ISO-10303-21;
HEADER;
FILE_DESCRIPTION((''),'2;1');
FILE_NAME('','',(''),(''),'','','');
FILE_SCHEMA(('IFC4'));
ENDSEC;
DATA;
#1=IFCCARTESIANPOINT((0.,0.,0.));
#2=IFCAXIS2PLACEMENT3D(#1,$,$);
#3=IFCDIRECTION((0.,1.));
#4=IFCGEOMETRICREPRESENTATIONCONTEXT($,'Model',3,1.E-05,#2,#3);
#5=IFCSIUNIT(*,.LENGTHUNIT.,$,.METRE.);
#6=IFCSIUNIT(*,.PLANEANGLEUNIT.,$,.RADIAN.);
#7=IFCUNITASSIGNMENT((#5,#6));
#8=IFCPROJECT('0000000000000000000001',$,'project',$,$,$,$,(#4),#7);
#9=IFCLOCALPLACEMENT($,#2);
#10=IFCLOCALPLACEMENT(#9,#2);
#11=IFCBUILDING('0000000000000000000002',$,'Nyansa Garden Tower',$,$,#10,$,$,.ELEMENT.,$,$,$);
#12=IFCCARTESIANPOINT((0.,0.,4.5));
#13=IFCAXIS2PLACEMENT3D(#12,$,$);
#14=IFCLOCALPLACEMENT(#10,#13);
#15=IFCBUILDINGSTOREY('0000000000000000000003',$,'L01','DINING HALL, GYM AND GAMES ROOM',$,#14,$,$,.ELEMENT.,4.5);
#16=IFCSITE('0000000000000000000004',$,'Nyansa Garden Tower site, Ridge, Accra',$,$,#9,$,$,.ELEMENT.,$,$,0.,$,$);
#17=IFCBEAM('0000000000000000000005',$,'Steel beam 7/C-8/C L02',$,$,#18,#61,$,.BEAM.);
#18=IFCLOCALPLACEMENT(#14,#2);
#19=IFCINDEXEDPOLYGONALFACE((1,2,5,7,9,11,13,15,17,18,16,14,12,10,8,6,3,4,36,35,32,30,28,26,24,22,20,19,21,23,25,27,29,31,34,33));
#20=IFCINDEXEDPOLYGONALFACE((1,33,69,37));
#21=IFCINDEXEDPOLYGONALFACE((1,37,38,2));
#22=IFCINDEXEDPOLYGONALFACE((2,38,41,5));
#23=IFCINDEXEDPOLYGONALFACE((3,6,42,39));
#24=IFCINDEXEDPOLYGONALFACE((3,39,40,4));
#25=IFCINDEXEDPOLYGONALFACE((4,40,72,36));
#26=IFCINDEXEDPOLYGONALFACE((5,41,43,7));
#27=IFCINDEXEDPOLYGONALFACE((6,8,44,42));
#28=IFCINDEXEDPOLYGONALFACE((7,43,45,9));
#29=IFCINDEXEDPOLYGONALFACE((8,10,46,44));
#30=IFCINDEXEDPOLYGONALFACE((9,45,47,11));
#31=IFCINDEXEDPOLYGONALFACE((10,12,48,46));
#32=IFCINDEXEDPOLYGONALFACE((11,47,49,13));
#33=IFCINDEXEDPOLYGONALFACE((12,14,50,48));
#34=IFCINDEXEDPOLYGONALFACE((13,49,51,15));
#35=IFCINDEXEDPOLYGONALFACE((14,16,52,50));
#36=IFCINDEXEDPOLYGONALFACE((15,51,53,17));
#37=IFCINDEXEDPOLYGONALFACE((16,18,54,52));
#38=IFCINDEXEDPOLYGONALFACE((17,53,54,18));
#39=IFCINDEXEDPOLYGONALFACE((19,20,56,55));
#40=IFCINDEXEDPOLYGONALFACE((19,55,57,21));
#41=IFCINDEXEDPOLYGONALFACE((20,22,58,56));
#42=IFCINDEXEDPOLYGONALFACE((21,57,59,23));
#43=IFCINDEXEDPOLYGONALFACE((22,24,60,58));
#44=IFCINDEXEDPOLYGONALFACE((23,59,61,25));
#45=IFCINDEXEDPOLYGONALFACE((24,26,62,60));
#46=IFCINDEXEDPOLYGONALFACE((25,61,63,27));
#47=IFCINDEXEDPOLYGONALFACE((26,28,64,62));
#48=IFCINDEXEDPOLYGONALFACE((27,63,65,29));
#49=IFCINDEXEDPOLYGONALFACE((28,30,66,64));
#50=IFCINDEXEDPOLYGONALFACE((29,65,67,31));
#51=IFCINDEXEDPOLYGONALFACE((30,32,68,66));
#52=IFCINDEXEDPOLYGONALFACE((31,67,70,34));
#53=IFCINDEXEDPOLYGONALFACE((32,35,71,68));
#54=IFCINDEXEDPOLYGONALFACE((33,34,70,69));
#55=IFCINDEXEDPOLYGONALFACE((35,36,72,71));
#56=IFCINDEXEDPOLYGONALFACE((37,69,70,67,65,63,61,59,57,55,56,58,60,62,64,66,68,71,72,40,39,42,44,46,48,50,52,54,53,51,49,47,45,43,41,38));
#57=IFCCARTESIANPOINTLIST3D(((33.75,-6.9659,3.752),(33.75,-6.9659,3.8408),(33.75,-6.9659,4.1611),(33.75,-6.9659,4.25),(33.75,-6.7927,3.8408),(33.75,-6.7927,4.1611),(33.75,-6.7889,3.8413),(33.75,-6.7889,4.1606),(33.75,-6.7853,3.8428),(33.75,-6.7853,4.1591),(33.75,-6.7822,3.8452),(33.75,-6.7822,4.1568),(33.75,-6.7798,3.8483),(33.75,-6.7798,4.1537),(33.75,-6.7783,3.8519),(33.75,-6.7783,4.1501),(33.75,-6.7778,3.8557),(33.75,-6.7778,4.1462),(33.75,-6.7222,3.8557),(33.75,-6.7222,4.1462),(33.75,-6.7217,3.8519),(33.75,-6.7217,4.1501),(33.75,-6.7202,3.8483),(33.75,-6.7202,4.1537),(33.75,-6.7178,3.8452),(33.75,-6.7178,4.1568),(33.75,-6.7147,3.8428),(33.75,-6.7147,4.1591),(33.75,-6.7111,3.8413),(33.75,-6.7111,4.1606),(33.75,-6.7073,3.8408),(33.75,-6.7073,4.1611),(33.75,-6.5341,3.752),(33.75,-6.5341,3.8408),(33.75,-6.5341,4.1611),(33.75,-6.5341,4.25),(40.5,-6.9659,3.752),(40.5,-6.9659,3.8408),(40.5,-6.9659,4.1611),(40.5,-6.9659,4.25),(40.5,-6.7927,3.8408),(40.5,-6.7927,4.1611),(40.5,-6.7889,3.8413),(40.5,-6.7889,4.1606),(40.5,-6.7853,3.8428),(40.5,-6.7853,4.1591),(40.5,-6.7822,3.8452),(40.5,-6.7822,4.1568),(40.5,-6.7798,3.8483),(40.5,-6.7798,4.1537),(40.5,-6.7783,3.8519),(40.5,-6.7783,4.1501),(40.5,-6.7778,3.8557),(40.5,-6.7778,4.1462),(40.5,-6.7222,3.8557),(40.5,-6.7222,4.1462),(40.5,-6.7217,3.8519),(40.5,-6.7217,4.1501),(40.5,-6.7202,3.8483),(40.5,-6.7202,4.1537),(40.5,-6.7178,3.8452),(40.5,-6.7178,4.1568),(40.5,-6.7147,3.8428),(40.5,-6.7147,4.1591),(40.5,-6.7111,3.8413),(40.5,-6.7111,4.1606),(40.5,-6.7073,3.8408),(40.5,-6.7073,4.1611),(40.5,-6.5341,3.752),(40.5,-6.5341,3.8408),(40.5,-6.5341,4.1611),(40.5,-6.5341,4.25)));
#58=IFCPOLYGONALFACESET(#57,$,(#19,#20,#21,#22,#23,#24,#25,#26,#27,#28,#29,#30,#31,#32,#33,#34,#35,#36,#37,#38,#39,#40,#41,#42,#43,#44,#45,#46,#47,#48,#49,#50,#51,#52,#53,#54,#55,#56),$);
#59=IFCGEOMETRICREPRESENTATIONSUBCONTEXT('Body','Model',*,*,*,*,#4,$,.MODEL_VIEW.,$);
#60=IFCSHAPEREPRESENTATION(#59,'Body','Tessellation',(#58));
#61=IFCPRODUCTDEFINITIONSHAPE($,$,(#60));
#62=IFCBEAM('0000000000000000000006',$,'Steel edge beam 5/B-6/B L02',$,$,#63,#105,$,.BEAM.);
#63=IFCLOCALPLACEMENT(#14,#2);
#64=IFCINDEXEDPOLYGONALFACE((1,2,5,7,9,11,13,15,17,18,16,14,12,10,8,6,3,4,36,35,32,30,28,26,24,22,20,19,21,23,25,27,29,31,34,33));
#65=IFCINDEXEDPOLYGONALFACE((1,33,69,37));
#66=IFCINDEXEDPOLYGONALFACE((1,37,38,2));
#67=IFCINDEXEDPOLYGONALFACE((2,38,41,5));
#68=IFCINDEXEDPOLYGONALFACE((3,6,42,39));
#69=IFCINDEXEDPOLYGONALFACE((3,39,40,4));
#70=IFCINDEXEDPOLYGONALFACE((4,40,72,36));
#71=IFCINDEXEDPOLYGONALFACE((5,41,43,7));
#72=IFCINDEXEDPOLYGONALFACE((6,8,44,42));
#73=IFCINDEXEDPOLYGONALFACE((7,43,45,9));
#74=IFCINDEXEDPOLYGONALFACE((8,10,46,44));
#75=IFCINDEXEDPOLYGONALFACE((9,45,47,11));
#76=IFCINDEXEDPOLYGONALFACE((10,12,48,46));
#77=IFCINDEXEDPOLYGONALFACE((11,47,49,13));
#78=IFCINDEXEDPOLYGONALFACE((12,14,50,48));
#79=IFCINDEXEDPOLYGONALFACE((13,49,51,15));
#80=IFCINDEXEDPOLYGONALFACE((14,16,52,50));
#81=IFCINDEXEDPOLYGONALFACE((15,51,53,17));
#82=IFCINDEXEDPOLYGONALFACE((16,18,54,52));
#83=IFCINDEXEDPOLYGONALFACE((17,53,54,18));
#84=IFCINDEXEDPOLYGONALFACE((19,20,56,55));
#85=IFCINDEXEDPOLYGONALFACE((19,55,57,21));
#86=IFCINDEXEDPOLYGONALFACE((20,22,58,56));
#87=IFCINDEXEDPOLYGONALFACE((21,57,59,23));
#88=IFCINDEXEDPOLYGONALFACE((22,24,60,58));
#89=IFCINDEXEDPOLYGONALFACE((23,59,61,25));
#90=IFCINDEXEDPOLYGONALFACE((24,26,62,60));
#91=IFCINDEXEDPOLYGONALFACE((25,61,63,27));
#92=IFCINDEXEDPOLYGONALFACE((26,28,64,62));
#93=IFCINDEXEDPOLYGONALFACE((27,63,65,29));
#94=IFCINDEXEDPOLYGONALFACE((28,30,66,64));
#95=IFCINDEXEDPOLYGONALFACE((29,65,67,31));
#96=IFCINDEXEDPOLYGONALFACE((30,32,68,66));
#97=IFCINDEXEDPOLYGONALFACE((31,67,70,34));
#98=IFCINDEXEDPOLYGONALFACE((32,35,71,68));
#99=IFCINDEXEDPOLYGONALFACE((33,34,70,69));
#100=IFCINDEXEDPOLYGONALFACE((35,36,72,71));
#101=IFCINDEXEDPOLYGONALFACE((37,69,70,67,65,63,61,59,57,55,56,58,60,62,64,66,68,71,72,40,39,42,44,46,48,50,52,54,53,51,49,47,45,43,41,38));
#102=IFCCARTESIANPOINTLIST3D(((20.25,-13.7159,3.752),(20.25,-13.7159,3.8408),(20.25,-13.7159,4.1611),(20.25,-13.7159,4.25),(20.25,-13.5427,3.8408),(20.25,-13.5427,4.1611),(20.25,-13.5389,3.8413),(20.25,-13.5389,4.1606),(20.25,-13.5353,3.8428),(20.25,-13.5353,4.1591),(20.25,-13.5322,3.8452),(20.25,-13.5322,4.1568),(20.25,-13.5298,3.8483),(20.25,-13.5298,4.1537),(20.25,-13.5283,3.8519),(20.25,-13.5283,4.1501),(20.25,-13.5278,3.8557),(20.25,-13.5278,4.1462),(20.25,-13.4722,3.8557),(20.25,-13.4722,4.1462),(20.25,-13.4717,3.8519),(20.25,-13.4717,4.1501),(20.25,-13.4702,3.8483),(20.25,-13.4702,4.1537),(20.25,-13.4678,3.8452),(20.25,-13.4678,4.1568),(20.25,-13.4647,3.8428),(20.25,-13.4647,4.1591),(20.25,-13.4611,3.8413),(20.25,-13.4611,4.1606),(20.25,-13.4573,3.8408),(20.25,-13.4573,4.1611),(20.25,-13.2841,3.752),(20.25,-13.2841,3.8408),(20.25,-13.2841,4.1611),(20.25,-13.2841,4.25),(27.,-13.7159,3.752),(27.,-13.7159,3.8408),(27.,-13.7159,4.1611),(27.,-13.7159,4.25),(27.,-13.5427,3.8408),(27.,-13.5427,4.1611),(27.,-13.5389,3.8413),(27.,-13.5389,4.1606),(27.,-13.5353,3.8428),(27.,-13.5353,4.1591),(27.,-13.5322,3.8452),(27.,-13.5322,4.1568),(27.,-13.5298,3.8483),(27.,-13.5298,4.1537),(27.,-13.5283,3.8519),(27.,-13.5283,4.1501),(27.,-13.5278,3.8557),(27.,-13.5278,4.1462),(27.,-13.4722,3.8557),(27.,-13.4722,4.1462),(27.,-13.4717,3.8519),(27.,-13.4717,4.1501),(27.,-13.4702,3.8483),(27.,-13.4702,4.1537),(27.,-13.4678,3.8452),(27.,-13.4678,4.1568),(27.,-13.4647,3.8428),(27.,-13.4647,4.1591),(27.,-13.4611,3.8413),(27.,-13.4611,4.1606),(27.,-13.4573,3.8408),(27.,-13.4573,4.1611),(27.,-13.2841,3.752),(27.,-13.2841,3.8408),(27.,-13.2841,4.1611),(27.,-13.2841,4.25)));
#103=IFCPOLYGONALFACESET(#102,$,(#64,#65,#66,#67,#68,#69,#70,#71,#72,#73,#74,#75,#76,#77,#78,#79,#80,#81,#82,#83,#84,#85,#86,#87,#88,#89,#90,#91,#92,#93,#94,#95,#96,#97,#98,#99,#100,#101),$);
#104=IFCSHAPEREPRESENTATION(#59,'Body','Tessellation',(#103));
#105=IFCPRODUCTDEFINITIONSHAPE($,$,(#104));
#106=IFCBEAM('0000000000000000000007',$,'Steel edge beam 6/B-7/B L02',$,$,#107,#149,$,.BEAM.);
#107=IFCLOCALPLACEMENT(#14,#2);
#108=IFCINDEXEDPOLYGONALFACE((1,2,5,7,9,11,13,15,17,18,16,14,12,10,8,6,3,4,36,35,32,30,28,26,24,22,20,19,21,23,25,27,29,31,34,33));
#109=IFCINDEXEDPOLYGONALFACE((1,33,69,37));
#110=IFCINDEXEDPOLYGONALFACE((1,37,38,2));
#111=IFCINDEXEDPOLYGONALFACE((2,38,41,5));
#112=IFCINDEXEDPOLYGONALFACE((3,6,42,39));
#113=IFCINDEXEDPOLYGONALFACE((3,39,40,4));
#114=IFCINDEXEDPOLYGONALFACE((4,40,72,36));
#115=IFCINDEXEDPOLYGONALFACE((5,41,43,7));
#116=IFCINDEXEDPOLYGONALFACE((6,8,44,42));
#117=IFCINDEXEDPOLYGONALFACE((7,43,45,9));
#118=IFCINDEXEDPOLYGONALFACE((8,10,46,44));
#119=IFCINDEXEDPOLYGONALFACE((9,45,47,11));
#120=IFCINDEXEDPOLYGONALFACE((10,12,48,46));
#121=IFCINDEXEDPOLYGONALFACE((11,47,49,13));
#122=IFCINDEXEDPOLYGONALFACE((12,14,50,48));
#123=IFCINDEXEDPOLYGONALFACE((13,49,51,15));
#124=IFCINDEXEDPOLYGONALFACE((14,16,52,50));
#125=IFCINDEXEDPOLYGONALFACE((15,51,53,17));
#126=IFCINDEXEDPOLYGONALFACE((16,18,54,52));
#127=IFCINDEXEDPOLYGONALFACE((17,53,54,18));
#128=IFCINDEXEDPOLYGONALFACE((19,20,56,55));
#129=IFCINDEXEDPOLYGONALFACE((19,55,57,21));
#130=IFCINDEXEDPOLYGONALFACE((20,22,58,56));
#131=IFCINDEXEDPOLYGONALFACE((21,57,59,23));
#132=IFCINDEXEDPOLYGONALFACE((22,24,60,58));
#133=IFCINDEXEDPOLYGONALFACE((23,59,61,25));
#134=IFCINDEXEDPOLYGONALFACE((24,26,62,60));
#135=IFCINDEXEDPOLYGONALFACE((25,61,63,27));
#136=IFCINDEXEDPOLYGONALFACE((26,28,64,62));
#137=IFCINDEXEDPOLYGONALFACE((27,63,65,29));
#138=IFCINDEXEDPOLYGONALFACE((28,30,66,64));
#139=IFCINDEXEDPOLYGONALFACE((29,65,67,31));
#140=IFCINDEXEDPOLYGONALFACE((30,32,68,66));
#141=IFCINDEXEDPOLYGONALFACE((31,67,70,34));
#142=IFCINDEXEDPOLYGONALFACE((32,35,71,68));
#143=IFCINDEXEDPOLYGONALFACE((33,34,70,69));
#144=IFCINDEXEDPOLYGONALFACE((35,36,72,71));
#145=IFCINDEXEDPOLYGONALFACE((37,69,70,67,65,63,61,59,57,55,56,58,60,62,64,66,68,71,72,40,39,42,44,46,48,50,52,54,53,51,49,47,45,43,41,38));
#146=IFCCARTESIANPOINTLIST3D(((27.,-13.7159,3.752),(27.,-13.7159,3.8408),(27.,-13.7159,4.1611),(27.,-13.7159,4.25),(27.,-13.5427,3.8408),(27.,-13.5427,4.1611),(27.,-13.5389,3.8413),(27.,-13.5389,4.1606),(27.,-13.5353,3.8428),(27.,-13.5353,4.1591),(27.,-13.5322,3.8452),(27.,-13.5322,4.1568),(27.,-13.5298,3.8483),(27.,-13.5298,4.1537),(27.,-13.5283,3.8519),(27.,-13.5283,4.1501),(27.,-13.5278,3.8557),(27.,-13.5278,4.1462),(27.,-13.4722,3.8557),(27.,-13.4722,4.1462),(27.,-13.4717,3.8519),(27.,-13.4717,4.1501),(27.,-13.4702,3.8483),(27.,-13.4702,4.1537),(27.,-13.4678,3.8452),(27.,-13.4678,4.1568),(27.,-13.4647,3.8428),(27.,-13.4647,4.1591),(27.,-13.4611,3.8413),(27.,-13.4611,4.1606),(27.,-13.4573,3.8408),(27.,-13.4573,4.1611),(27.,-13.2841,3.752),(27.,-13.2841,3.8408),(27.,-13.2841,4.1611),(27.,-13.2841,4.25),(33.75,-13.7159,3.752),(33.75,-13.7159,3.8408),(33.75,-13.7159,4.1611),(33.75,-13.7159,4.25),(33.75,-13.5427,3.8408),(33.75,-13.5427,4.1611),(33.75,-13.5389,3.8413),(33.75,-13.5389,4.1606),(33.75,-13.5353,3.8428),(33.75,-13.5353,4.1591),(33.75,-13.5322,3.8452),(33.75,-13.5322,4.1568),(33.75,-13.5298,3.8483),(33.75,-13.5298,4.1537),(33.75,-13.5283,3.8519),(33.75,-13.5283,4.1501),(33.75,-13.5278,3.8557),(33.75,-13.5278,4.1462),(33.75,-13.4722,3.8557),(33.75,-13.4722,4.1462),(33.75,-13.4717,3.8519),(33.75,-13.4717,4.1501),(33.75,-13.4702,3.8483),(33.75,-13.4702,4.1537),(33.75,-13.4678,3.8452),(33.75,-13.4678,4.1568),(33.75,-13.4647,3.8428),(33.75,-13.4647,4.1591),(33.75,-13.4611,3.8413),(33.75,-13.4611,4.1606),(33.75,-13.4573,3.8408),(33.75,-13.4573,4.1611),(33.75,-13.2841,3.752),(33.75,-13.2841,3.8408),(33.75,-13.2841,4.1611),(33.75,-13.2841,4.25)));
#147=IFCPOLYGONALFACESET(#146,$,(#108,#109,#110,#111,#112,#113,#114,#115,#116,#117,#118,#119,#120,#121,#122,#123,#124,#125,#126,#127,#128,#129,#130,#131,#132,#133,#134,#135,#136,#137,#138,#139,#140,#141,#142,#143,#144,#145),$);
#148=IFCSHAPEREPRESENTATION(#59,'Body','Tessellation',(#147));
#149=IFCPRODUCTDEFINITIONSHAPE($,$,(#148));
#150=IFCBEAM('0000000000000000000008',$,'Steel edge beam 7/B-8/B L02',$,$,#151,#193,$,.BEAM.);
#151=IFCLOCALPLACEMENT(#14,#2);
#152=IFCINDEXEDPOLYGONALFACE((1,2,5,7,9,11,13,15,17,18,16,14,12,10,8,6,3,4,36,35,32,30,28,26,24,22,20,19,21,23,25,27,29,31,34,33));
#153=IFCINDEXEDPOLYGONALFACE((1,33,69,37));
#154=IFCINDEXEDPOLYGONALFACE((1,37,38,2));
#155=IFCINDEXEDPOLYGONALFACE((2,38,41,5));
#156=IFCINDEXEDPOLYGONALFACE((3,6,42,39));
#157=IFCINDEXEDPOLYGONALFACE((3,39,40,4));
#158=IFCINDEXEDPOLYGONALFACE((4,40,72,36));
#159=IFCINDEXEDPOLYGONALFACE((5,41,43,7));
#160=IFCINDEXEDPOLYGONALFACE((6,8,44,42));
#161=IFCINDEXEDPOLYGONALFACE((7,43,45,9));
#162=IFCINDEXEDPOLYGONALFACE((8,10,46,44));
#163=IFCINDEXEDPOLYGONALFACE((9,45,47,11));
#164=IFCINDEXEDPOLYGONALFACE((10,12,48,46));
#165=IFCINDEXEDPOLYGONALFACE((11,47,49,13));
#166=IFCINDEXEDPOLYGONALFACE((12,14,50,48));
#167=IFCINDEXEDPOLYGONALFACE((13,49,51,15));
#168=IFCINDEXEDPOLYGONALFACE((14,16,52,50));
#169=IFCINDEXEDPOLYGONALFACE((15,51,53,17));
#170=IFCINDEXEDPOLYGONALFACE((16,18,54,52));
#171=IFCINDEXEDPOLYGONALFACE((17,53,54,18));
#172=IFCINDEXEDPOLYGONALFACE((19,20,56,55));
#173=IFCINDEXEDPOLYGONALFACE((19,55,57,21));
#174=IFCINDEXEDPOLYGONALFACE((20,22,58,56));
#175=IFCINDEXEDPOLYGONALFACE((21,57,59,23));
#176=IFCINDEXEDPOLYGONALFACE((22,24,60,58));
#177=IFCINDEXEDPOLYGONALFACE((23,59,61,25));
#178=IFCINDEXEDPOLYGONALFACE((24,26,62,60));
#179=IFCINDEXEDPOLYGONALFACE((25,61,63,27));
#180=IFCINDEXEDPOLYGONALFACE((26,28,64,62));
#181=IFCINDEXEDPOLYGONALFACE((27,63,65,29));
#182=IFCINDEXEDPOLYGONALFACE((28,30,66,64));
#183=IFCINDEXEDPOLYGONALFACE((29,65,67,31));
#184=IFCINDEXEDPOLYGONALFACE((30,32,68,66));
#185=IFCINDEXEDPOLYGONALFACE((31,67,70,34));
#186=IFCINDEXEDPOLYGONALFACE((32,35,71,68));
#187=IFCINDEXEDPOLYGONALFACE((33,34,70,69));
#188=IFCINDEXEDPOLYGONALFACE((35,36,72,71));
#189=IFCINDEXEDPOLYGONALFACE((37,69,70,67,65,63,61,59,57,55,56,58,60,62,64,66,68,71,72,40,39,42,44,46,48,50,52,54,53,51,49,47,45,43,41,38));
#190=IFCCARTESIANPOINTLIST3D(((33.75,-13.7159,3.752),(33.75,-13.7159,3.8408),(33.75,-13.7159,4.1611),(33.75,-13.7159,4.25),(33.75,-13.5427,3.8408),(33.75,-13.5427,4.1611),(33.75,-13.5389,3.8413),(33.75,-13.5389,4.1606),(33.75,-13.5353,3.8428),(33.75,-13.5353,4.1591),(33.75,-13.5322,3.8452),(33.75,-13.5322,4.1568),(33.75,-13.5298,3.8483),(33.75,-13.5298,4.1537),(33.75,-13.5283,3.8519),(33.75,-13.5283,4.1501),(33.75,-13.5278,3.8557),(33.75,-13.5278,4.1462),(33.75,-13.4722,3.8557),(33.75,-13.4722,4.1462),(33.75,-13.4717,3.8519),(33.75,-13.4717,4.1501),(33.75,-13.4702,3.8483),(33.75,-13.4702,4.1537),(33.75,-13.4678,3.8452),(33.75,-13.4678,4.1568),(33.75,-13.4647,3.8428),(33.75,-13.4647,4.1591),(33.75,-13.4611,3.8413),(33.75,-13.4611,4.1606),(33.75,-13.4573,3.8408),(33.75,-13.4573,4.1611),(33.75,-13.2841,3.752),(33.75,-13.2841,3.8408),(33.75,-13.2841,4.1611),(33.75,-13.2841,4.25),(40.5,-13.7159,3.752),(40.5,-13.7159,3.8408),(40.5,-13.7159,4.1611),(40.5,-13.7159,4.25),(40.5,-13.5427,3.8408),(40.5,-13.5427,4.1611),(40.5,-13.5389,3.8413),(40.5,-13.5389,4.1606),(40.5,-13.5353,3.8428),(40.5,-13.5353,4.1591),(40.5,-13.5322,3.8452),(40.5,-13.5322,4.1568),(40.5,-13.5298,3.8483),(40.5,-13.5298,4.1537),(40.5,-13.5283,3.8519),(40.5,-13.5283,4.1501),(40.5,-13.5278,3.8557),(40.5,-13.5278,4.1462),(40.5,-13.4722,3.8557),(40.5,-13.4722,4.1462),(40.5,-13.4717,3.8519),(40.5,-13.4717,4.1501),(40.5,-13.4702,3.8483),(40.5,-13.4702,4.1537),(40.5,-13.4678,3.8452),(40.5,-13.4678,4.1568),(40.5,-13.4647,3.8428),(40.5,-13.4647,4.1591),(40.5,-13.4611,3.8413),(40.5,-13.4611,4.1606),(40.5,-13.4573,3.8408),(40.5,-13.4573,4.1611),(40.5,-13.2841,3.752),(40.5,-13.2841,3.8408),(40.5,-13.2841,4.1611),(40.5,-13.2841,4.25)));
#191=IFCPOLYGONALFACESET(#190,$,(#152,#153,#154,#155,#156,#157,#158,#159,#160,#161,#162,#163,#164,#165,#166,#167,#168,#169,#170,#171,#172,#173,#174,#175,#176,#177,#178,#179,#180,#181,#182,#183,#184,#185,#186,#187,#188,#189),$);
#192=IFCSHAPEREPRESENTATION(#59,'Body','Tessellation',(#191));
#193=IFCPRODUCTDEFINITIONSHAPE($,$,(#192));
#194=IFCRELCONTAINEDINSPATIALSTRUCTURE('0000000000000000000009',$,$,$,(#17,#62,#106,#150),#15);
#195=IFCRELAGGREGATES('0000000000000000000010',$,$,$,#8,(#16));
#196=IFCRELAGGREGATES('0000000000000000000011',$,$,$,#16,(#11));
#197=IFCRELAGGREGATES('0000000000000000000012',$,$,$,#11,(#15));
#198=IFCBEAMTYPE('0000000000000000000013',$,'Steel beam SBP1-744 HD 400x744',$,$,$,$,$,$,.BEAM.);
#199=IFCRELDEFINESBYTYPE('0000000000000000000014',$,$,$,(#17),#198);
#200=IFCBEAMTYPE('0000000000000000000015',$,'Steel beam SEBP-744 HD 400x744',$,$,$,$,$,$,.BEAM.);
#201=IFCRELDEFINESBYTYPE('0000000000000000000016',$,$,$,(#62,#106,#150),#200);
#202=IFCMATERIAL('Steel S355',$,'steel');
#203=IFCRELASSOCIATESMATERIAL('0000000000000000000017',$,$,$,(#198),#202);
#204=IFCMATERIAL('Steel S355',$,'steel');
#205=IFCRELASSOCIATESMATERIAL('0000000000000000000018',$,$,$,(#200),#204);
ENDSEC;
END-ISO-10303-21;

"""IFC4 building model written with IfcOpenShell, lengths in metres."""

from ifc_helpers import new_model, si_unit, direction, frame, origin, origin_2d, place, context, subcontext, project, spatial, i_section, extrude, material, material_profile, profile_set, type_object, element, save


model = new_model("IFC4")

# Units and contexts
model_context = context("Model", 3, precision=1e-05, world=origin(), true_north=direction((0.0, 1.0)))
body_context = subcontext(model_context, "Body", "Model", "MODEL_VIEW")
ifc_project = project(units=[si_unit("LENGTHUNIT", "METRE"), si_unit("PLANEANGLEUNIT", "RADIAN")], contexts=[model_context])

# Site, building, storey
site_placement = place(None, origin())
site = spatial("IfcSite", under=ifc_project, at=site_placement, Name="Nyansa Garden Tower site, Ridge, Accra", CompositionType="ELEMENT", RefElevation=0.0)
building_placement = place(site_placement, origin())
building = spatial("IfcBuilding", under=site, at=building_placement, Name="Nyansa Garden Tower", CompositionType="ELEMENT")
storey_placement = place(building_placement, frame((0.0, 0.0, 4.5)))
storey = spatial("IfcBuildingStorey", under=building, at=storey_placement, Name="L01", Description="DINING HALL, GYM AND GAMES ROOM", CompositionType="ELEMENT", Elevation=4.5)

# Beams
ifc_material_1 = material(Name="Steel S355", Category="steel")
ifc_material_profile_1 = material_profile(ifc_material_1, i_section(OverallWidth=0.4319, OverallDepth=0.498, WebThickness=0.0557, FlangeThickness=0.0889, FilletRadius=0.0149, at=origin_2d()), Name="HD 400x744")
ifc_profile_set_1 = profile_set([ifc_material_profile_1], Name="Steel S355")
beam_type_1 = type_object("IfcBeamType", Name="Steel beam SBP1-744 HD 400x744", PredefinedType="BEAM", material=ifc_profile_set_1)
for number, where, z_axis, x_axis, name in (
    (1, (33.75, -6.75, 4.001), (1.0, 0.0, 0.0), (0.0, 1.0, 0.0), "Steel beam 7/C-8/C L02"),
):
    element("IfcBeam", number, at=place(storey_placement, frame(where, z_axis=z_axis, x_axis=x_axis)), inside=storey, type_object=beam_type_1, Name=name, PredefinedType="BEAM", context=body_context, shape_type="SweptSolid", body=[
        extrude(i_section(OverallWidth=0.4319, OverallDepth=0.498, WebThickness=0.0557, FlangeThickness=0.0889, FilletRadius=0.0149, at=origin_2d()), origin(), (0.0, 0.0, 1.0), 6.75),
    ])
ifc_material_2 = material(Name="Steel S355", Category="steel")
ifc_material_profile_2 = material_profile(ifc_material_2, i_section(OverallWidth=0.4319, OverallDepth=0.498, WebThickness=0.0557, FlangeThickness=0.0889, FilletRadius=0.0149, at=origin_2d()), Name="HD 400x744")
ifc_profile_set_2 = profile_set([ifc_material_profile_2], Name="Steel S355")
beam_type_2 = type_object("IfcBeamType", Name="Steel beam SEBP-744 HD 400x744", PredefinedType="BEAM", material=ifc_profile_set_2)
for number, where, z_axis, x_axis, name in (
    (2, (20.25, -13.5, 4.001), (1.0, 0.0, 0.0), (0.0, 1.0, 0.0), "Steel edge beam 5/B-6/B L02"),
    (3, (27.0, -13.5, 4.001), (1.0, 0.0, 0.0), (0.0, 1.0, 0.0), "Steel edge beam 6/B-7/B L02"),
    (4, (33.75, -13.5, 4.001), (1.0, 0.0, 0.0), (0.0, 1.0, 0.0), "Steel edge beam 7/B-8/B L02"),
):
    element("IfcBeam", number, at=place(storey_placement, frame(where, z_axis=z_axis, x_axis=x_axis)), inside=storey, type_object=beam_type_2, Name=name, PredefinedType="BEAM", context=body_context, shape_type="SweptSolid", body=[
        extrude(i_section(OverallWidth=0.4319, OverallDepth=0.498, WebThickness=0.0557, FlangeThickness=0.0889, FilletRadius=0.0149, at=origin_2d()), origin(), (0.0, 0.0, 1.0), 6.75),
    ])

save(model, "model.ifc")
